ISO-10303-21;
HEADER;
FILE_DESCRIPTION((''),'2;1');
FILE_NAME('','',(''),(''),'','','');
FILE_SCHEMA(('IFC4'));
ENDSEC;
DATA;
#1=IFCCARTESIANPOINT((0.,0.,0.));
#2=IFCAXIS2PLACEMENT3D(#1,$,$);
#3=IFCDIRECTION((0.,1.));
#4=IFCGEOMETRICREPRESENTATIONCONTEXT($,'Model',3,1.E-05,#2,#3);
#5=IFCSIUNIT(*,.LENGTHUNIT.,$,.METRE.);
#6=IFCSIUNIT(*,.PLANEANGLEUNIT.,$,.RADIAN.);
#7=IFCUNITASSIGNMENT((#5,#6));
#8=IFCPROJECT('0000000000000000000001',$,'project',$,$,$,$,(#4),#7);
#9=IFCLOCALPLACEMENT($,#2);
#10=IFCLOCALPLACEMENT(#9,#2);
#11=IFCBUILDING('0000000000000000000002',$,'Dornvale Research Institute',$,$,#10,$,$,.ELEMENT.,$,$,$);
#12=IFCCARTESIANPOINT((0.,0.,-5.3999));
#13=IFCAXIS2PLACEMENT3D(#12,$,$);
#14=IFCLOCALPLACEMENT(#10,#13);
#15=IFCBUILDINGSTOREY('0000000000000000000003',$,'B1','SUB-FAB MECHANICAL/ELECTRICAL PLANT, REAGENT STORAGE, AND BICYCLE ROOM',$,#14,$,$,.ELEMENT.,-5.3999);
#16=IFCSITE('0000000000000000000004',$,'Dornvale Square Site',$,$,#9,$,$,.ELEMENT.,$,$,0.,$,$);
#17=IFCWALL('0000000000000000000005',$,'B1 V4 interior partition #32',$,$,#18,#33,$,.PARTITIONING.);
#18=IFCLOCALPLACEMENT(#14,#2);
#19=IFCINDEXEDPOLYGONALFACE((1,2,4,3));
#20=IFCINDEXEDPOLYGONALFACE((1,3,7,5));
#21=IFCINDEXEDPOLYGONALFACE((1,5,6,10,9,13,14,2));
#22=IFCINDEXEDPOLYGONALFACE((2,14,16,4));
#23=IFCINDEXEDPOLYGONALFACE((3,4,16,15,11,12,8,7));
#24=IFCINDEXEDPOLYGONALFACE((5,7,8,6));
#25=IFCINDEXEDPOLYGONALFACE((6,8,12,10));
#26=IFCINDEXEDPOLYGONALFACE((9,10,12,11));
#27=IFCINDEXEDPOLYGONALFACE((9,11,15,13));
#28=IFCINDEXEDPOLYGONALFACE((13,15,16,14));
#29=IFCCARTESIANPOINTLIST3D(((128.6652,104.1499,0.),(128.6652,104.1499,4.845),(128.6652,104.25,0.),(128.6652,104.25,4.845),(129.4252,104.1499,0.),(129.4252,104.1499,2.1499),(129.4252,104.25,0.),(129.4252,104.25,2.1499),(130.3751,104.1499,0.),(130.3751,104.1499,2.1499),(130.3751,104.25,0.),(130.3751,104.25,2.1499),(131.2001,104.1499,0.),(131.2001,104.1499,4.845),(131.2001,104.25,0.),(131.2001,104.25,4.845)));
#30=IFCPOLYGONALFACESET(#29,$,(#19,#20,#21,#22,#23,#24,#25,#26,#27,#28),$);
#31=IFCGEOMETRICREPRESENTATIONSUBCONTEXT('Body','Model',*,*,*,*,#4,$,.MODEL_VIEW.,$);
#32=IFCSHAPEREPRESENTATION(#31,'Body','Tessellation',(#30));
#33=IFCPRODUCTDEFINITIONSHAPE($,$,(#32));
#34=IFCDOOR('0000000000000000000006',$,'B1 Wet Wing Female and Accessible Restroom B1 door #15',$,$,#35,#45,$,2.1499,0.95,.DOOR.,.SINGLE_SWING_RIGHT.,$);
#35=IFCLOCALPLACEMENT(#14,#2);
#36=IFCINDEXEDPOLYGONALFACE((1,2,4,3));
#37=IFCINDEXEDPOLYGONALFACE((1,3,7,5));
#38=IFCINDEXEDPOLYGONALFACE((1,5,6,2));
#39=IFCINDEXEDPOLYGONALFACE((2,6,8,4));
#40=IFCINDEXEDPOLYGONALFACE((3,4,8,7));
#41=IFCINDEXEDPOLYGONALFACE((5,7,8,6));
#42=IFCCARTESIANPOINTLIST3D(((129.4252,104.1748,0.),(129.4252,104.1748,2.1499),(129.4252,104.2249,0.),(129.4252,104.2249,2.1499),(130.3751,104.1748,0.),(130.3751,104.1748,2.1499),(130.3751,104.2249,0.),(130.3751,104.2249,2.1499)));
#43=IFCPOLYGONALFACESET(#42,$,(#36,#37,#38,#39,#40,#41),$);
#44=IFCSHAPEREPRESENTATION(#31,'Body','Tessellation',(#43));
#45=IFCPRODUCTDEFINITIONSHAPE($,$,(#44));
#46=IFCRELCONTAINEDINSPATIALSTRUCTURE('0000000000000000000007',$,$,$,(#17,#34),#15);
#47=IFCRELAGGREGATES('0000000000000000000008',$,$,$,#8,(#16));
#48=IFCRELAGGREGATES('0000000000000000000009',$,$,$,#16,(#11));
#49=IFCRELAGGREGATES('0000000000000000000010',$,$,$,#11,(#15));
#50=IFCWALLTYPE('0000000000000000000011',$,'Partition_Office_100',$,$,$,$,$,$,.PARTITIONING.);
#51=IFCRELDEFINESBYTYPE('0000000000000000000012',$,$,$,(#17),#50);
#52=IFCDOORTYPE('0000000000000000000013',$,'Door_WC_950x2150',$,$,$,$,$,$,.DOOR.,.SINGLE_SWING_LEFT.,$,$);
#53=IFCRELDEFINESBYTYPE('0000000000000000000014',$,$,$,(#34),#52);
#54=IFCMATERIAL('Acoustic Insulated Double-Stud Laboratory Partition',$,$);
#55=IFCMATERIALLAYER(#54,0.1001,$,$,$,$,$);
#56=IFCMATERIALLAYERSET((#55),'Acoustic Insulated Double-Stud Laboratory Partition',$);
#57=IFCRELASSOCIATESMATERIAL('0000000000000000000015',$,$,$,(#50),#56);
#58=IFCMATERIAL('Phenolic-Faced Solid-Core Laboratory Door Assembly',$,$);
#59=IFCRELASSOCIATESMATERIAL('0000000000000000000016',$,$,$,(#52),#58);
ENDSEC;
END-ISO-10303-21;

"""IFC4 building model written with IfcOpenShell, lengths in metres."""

from ifc_helpers import new_model, si_unit, direction, frame, frame_2d, origin, place, context, subcontext, project, spatial, rectangle, extrude, material, layer, layer_set, type_object, element, fill, save


model = new_model("IFC4")

# Units and contexts
model_context = context("Model", 3, precision=1e-05, world=origin(), true_north=direction((0.0, 1.0)))
body_context = subcontext(model_context, "Body", "Model", "MODEL_VIEW")
ifc_project = project(units=[si_unit("LENGTHUNIT", "METRE"), si_unit("PLANEANGLEUNIT", "RADIAN")], contexts=[model_context])

# Site, building, storey
site_placement = place(None, origin())
site = spatial("IfcSite", under=ifc_project, at=site_placement, Name="Dornvale Square Site", CompositionType="ELEMENT", RefElevation=0.0)
building_placement = place(site_placement, origin())
building = spatial("IfcBuilding", under=site, at=building_placement, Name="Dornvale Research Institute", CompositionType="ELEMENT")
storey_placement = place(building_placement, frame((0.0, 0.0, -5.3999)))
storey = spatial("IfcBuildingStorey", under=building, at=storey_placement, Name="B1", Description="SUB-FAB MECHANICAL/ELECTRICAL PLANT, REAGENT STORAGE, AND BICYCLE ROOM", CompositionType="ELEMENT", Elevation=-5.3999)

# Wall, opening, door
ifc_material_1 = material(Name="Acoustic Insulated Double-Stud Laboratory Partition")
ifc_layer = layer(ifc_material_1, 0.1001)
ifc_layer_set = layer_set([ifc_layer], Name="Acoustic Insulated Double-Stud Laboratory Partition")
wall_type = type_object("IfcWallType", Name="Partition_Office_100", PredefinedType="PARTITIONING", material=ifc_layer_set)
wall_1_placement = place(storey_placement, frame((128.665, 104.2, 0.0), z_axis=(0.0, 0.0, 1.0), x_axis=(1.0, 0.0, 0.0)))
wall_1 = element("IfcWall", 1, at=wall_1_placement, inside=storey, type_object=wall_type, Name="B1 V4 interior partition #32", PredefinedType="PARTITIONING", context=body_context, shape_type="SweptSolid", body=[
    extrude(rectangle(XDim=2.5349, YDim=0.1001, at=frame_2d((1.2676, 0.0))), origin(), (0.0, 0.0, 1.0), 4.845),
])
opening_1_placement = place(wall_1_placement, frame((0.76, 0.0, 0.0)))
opening_1 = element("IfcOpeningElement", 2, at=opening_1_placement, cuts=wall_1, PredefinedType="OPENING", context=body_context, shape_type="SweptSolid", body=[
    extrude(rectangle(XDim=0.95, YDim=2.1499, at=frame_2d((0.4751, 1.075))), frame((0.0, 0.0649, 0.0), z_axis=(0.0, -1.0, 0.0), x_axis=(1.0, 0.0, 0.0)), (0.0, 0.0, 1.0), 0.1301),
])
ifc_material_2 = material(Name="Phenolic-Faced Solid-Core Laboratory Door Assembly")
door_type_1 = type_object("IfcDoorType", Name="Door_WC_950x2150", OperationType="SINGLE_SWING_LEFT", PredefinedType="DOOR", material=ifc_material_2)
door_1_placement = place(opening_1_placement, origin())
door_1 = element("IfcDoor", 3, at=door_1_placement, inside=storey, type_object=door_type_1, Name="B1 Wet Wing Female and Accessible Restroom B1 door #15", OperationType="SINGLE_SWING_RIGHT", OverallHeight=2.1499, OverallWidth=0.95, PredefinedType="DOOR", context=body_context, shape_type="SweptSolid", body=[
    extrude(rectangle(XDim=0.95, YDim=2.1499, at=frame_2d((0.4751, 1.075))), frame((0.0, 0.0249, 0.0), z_axis=(0.0, -1.0, 0.0), x_axis=(1.0, 0.0, 0.0)), (0.0, 0.0, 1.0), 0.05),
])
fill(opening_1, door_1)

save(model, "model.ifc")
